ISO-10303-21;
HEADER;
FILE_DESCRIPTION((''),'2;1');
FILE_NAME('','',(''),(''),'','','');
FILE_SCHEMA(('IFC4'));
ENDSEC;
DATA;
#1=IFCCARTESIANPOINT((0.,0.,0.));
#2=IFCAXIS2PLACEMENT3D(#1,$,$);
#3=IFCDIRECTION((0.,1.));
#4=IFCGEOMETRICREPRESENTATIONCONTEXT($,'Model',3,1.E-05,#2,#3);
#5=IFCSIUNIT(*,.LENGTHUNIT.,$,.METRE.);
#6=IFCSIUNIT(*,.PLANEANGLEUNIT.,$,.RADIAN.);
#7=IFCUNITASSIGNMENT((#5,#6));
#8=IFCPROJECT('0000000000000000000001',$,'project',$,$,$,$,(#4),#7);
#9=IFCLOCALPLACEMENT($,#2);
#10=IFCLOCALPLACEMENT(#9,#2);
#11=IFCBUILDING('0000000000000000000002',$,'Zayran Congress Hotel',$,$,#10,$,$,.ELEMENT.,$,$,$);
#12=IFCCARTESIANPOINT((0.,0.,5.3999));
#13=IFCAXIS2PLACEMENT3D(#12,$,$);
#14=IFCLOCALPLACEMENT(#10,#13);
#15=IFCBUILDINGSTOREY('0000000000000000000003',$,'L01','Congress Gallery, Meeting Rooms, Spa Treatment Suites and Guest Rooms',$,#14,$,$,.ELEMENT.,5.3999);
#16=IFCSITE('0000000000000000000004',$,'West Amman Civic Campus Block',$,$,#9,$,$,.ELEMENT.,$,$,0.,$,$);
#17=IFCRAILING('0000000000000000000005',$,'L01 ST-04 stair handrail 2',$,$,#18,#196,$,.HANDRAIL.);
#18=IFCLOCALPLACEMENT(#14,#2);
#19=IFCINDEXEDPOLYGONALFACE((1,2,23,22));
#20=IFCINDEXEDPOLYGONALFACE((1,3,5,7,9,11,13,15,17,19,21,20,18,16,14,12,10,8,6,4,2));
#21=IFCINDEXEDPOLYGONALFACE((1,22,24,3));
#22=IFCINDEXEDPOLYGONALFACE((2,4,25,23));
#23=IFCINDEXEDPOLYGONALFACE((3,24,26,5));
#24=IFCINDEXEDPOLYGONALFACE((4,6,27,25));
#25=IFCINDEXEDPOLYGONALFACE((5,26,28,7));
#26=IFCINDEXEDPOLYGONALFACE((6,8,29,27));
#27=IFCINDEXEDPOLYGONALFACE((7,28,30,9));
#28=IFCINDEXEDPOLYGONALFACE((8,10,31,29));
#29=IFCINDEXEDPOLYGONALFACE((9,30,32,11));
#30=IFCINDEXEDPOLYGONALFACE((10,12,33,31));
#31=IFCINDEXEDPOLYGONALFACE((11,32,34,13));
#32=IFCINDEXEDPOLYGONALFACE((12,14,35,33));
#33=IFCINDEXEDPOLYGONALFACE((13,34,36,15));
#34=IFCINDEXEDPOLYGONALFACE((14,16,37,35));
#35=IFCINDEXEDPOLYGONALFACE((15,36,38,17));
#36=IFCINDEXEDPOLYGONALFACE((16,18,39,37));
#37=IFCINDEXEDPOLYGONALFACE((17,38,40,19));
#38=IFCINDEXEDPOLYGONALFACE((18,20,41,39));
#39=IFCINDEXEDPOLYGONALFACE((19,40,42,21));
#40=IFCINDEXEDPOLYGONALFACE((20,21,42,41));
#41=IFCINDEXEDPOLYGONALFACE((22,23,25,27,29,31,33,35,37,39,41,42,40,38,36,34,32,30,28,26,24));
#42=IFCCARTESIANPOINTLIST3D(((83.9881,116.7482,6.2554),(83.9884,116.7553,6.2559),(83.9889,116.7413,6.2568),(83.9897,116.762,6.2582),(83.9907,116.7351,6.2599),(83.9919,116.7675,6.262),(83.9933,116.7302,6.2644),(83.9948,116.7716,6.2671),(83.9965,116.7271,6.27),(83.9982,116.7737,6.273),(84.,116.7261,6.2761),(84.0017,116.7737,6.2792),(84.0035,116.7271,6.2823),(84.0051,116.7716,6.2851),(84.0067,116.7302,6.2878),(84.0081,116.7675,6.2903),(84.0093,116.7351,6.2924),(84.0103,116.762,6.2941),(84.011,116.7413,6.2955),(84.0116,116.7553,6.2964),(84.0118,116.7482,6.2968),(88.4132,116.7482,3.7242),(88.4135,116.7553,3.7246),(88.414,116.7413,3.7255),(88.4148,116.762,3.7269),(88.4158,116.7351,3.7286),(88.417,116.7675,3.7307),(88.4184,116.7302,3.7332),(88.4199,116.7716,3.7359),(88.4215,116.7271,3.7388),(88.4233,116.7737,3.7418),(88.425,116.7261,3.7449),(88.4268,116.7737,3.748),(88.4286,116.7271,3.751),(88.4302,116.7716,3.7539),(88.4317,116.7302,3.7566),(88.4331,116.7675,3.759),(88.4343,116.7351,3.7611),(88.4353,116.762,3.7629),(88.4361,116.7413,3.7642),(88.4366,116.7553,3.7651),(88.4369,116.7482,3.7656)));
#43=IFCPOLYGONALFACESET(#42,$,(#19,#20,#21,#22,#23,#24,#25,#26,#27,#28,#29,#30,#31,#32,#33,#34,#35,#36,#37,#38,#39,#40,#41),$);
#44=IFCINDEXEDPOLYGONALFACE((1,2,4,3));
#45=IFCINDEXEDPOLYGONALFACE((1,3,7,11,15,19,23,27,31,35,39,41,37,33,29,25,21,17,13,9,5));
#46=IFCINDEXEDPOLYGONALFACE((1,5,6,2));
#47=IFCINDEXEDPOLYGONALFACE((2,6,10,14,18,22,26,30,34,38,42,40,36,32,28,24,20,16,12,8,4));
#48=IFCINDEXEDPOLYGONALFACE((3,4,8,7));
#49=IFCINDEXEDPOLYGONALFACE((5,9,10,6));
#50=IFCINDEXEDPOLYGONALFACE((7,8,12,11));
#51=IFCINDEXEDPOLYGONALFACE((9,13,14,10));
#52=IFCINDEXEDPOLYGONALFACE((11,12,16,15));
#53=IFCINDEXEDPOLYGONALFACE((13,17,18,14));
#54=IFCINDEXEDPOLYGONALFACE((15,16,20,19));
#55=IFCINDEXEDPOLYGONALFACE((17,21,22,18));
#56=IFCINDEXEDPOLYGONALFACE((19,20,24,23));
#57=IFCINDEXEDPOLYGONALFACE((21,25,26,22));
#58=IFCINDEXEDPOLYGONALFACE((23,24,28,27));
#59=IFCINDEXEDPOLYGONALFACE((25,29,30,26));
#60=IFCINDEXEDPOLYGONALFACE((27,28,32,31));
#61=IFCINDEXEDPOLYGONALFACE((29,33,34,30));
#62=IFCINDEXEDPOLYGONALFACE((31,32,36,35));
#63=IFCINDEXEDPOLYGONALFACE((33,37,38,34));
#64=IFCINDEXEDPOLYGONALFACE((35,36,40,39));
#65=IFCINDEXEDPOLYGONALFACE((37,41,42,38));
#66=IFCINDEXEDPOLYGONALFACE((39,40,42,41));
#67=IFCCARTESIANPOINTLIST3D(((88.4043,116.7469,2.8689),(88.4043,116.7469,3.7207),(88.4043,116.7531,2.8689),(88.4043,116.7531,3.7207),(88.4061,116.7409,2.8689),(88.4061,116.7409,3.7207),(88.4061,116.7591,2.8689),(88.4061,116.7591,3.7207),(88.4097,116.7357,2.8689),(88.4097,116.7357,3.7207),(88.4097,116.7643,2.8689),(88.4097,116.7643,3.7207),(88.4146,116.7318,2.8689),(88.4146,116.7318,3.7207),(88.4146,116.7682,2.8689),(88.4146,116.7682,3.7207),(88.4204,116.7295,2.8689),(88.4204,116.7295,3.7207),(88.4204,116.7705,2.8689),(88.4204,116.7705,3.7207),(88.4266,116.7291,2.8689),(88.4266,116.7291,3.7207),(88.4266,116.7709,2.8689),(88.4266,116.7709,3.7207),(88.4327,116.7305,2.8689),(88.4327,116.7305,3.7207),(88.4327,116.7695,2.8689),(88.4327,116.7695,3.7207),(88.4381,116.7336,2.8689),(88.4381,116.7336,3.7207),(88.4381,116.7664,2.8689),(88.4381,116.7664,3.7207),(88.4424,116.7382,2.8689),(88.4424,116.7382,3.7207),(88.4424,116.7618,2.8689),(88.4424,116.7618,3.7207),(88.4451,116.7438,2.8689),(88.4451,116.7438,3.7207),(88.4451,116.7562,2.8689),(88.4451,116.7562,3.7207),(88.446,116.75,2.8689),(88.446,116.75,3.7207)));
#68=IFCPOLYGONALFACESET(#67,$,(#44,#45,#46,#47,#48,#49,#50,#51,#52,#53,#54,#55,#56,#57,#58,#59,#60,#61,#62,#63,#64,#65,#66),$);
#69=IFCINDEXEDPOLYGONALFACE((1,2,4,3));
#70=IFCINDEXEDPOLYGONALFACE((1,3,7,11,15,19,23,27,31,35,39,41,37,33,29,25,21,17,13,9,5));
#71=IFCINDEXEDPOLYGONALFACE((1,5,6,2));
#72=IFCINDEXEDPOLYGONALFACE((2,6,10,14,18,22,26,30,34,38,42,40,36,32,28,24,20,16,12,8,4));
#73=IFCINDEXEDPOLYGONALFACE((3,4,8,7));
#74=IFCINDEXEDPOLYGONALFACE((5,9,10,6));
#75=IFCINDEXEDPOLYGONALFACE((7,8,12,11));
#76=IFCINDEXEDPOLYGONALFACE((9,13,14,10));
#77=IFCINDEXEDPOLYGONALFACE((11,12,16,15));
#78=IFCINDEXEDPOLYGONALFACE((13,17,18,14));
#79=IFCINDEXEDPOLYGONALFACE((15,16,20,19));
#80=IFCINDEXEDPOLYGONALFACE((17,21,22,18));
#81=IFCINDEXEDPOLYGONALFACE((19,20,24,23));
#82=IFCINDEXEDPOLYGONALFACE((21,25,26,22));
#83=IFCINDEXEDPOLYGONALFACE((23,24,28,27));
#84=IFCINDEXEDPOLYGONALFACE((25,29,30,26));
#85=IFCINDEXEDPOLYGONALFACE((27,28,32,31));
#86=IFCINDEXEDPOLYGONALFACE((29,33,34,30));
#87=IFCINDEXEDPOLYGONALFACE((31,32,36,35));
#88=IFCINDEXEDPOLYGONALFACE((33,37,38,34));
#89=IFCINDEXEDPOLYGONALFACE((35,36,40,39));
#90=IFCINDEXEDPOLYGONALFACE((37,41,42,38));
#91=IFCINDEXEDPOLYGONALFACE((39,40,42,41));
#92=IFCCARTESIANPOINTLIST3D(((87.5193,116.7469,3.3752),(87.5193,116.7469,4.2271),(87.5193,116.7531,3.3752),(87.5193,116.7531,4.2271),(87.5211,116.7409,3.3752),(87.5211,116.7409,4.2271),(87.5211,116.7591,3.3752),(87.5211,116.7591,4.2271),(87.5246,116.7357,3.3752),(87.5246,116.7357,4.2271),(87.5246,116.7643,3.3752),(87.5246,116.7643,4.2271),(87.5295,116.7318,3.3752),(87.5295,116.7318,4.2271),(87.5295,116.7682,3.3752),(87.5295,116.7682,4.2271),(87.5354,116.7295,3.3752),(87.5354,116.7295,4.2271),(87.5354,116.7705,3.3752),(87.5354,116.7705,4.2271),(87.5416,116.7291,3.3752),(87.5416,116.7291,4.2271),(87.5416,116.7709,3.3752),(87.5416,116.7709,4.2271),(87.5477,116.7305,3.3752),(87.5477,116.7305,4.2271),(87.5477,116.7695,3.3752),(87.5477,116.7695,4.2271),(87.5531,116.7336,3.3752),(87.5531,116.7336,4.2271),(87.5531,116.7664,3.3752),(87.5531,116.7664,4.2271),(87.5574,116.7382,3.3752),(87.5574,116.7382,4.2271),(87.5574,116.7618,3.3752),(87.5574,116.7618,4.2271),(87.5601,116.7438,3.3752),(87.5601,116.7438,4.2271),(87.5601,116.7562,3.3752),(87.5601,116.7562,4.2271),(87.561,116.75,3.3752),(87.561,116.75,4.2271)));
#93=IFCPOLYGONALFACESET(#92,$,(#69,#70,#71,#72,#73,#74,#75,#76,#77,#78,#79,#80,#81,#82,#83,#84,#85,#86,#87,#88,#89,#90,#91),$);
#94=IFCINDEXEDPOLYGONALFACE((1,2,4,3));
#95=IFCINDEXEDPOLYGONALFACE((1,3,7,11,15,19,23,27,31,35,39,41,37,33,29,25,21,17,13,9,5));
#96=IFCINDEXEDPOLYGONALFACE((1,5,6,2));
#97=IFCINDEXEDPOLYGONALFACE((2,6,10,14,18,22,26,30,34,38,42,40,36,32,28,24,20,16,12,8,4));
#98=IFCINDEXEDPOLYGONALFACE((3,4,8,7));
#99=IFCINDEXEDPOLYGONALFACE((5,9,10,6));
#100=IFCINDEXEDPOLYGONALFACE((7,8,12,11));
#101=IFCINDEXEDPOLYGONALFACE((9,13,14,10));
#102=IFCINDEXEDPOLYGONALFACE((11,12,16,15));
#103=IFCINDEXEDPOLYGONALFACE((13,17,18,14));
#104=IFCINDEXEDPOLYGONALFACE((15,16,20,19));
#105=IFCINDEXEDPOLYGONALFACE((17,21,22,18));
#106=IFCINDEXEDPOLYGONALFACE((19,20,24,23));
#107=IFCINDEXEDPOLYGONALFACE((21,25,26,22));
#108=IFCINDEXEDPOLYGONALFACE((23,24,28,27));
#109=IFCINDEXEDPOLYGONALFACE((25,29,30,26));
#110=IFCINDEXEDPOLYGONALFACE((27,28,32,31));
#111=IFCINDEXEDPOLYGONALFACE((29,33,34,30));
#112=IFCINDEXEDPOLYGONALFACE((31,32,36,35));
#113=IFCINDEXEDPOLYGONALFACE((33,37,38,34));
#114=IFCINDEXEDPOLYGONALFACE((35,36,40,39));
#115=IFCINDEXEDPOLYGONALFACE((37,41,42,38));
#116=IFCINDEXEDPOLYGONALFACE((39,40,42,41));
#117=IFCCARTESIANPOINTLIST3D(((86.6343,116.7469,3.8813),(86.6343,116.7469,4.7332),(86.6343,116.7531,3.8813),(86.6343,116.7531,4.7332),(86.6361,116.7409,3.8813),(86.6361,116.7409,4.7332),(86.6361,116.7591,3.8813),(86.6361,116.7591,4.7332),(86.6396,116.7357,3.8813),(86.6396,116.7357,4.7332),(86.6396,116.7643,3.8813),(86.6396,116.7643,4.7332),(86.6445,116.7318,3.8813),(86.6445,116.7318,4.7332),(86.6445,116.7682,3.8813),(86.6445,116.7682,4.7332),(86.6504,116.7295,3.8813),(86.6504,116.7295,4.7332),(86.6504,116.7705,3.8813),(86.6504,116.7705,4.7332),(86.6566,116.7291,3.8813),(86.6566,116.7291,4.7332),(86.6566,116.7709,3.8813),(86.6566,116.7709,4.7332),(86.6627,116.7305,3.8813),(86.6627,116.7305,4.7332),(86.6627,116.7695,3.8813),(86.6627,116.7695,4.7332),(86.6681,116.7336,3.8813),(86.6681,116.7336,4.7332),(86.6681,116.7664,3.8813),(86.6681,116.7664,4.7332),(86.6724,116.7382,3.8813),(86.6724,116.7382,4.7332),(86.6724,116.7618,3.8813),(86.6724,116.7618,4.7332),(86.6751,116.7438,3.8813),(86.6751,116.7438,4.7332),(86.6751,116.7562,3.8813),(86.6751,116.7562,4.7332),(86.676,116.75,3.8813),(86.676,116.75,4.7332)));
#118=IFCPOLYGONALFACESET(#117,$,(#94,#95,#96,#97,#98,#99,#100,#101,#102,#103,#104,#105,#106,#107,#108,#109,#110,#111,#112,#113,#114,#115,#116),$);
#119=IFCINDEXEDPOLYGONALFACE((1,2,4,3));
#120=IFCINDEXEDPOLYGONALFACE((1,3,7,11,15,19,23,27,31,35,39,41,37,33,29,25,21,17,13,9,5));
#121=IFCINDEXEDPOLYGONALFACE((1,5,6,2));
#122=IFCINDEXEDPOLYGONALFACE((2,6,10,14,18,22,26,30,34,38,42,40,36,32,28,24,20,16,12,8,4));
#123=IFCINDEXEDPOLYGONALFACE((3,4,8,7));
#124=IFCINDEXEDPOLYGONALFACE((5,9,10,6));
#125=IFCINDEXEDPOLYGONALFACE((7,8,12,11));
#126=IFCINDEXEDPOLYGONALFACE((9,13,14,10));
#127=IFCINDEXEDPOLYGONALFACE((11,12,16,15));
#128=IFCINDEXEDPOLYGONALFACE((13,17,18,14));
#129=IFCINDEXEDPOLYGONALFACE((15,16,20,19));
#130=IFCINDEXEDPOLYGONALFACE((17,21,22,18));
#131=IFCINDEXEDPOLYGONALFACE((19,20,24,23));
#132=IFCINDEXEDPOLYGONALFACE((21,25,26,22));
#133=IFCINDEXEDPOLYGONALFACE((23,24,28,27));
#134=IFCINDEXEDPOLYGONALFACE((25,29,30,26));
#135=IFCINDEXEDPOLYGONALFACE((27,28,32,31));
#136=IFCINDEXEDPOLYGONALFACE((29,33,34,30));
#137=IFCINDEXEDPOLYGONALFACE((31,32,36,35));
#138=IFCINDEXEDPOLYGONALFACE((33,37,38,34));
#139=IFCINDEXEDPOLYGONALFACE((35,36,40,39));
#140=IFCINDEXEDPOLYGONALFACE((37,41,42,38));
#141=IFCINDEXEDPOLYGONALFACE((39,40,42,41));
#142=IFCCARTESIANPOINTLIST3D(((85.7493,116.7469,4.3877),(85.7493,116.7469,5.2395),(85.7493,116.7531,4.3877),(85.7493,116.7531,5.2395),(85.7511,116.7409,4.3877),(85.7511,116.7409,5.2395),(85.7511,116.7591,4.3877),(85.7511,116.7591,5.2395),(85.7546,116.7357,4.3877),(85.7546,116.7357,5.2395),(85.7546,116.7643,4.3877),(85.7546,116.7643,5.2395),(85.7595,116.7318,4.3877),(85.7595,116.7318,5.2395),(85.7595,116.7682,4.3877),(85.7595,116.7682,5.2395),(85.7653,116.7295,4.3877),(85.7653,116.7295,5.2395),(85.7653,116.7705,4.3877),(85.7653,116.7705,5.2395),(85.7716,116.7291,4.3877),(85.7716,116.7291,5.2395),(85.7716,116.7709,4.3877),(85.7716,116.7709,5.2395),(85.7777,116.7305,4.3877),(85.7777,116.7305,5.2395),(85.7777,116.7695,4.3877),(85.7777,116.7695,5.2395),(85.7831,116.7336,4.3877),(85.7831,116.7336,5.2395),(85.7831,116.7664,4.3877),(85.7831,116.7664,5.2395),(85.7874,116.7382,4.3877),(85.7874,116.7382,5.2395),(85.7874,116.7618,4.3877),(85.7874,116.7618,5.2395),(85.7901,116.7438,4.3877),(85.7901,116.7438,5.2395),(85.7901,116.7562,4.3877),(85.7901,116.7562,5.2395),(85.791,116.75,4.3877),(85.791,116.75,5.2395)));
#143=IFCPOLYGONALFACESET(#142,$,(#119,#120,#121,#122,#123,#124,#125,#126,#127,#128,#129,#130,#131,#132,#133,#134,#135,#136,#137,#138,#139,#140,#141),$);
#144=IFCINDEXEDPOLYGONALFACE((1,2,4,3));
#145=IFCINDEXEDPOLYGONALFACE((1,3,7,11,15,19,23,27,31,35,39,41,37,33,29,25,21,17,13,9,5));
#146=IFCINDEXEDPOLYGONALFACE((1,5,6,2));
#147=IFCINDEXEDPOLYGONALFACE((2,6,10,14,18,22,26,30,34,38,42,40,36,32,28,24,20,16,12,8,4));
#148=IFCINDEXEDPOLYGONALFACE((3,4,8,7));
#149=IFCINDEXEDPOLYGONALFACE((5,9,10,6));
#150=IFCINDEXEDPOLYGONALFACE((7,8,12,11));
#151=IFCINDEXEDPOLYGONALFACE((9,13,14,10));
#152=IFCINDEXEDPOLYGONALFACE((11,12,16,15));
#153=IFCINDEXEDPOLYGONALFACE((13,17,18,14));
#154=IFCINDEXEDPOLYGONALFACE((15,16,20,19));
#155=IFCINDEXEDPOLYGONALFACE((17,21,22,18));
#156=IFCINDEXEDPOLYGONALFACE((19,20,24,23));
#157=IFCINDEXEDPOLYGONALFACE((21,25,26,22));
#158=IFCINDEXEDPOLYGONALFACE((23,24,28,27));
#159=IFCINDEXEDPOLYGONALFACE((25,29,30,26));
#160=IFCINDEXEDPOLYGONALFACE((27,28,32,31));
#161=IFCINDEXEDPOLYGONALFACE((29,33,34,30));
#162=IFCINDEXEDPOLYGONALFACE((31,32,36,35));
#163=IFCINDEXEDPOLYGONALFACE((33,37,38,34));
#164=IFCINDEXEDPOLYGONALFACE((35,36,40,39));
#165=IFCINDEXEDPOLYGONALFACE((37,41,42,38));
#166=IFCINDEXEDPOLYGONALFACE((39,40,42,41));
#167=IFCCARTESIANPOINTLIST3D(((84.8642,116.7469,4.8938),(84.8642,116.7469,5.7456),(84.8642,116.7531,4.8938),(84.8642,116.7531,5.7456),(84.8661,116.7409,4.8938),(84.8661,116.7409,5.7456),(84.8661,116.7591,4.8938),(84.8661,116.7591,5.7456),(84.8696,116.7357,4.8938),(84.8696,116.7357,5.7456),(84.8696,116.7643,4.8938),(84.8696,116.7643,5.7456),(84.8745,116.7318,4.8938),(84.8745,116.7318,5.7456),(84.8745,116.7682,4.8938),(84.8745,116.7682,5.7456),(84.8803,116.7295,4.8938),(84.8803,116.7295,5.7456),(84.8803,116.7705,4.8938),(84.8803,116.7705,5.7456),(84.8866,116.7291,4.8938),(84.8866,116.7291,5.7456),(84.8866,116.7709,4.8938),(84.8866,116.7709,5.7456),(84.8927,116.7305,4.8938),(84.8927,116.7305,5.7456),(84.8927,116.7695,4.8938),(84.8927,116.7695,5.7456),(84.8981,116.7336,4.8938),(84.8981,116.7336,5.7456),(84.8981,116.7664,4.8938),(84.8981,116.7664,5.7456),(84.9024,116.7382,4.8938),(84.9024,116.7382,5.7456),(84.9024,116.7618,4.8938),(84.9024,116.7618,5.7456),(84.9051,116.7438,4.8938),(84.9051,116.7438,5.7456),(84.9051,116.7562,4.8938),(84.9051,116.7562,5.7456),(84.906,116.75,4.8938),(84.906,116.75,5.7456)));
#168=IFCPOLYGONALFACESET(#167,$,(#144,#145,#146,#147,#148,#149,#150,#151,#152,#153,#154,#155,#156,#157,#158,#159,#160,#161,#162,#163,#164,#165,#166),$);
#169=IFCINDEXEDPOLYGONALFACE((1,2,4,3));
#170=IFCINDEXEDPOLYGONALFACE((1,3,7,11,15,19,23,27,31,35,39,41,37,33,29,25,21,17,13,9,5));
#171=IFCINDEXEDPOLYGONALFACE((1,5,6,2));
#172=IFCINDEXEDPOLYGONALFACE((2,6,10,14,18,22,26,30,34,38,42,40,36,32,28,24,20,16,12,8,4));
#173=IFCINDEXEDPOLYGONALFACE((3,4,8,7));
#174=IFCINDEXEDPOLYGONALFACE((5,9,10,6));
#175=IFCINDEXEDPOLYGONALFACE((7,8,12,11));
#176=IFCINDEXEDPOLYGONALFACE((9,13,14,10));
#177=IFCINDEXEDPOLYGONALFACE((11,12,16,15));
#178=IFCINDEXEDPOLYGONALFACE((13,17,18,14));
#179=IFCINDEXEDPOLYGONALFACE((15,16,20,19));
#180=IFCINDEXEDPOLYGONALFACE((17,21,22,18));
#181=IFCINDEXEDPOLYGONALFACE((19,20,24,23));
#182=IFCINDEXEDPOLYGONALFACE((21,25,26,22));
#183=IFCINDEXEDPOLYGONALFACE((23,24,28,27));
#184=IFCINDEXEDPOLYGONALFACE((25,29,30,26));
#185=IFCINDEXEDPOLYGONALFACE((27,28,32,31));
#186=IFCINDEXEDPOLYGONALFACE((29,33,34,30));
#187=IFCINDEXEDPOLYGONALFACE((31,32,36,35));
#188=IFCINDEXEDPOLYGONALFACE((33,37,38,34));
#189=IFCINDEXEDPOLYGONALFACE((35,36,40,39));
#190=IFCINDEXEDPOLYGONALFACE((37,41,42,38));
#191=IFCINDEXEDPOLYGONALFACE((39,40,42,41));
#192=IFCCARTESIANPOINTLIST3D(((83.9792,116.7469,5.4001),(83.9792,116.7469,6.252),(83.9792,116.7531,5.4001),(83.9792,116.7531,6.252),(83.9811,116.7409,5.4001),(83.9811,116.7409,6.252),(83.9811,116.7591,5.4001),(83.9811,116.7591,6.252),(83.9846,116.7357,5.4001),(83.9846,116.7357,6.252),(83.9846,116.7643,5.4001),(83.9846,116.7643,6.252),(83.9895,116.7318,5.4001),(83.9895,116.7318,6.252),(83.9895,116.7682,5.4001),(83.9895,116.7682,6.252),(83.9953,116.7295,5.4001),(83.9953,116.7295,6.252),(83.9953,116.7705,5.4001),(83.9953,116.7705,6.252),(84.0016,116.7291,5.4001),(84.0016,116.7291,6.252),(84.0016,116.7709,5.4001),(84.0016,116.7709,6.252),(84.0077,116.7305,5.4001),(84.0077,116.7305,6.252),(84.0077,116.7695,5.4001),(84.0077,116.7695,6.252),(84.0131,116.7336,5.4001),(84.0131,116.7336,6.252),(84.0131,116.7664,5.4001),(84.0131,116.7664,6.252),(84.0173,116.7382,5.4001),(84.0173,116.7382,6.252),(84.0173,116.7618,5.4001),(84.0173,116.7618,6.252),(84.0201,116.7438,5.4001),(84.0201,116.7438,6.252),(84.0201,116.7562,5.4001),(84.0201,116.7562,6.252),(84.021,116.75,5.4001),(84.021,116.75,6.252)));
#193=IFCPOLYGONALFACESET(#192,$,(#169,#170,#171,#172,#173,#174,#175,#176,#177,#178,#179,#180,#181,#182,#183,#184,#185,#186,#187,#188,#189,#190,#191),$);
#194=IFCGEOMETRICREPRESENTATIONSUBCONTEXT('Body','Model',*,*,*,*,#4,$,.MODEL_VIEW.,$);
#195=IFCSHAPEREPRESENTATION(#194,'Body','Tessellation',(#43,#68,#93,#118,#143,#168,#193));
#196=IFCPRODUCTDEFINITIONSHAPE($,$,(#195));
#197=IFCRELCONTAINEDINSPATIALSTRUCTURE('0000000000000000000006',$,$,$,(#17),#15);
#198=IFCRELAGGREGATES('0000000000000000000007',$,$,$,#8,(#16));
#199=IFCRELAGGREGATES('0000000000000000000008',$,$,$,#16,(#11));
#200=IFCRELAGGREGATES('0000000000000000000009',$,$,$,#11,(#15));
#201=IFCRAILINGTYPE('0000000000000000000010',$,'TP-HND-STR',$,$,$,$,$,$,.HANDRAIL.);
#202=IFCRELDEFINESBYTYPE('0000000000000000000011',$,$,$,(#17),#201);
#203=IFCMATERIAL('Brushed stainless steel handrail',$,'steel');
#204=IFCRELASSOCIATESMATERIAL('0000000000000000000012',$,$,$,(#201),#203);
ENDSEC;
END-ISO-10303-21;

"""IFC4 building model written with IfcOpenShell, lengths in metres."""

from ifc_helpers import new_model, si_unit, direction, frame, origin, origin_2d, place, context, subcontext, project, spatial, circle, extrude, material, type_object, element, save


model = new_model("IFC4")

# Units and contexts
model_context = context("Model", 3, precision=1e-05, world=origin(), true_north=direction((0.0, 1.0)))
body_context = subcontext(model_context, "Body", "Model", "MODEL_VIEW")
ifc_project = project(units=[si_unit("LENGTHUNIT", "METRE"), si_unit("PLANEANGLEUNIT", "RADIAN")], contexts=[model_context])

# Site, building, storey
site_placement = place(None, origin())
site = spatial("IfcSite", under=ifc_project, at=site_placement, Name="West Amman Civic Campus Block", CompositionType="ELEMENT", RefElevation=0.0)
building_placement = place(site_placement, origin())
building = spatial("IfcBuilding", under=site, at=building_placement, Name="Zayran Congress Hotel", CompositionType="ELEMENT")
storey_placement = place(building_placement, frame((0.0, 0.0, 5.3999)))
storey = spatial("IfcBuildingStorey", under=building, at=storey_placement, Name="L01", Description="Congress Gallery, Meeting Rooms, Spa Treatment Suites and Guest Rooms", CompositionType="ELEMENT", Elevation=5.3999)

# Railing
ifc_material_1 = material(Name="Brushed stainless steel handrail", Category="steel")
railing_type_1 = type_object("IfcRailingType", Name="TP-HND-STR", PredefinedType="HANDRAIL", material=ifc_material_1)
railing_1_placement = place(storey_placement, frame((88.425, 116.75, 2.8689)))
element("IfcRailing", 1, at=railing_1_placement, inside=storey, type_object=railing_type_1, Name="L01 ST-04 stair handrail 2", PredefinedType="HANDRAIL", context=body_context, shape_type="SweptSolid", body=[
    extrude(circle(Radius=0.0239, at=origin_2d()), frame((0.0, 0.0, 0.876), z_axis=(-0.868019, 0.0, 0.496531), x_axis=(0.0, -1.0, 0.0)), (0.0, 0.0, 1.0), 5.0979),
    extrude(circle(Radius=0.021, at=origin_2d()), origin(), (0.0, 0.0, 1.0), 0.8518),
    extrude(circle(Radius=0.021, at=origin_2d()), frame((-0.885, 0.0, 0.5063)), (0.0, 0.0, 1.0), 0.8518),
    extrude(circle(Radius=0.021, at=origin_2d()), frame((-1.77, 0.0, 1.0125)), (0.0, 0.0, 1.0), 0.8518),
    extrude(circle(Radius=0.021, at=origin_2d()), frame((-2.655, 0.0, 1.5188)), (0.0, 0.0, 1.0), 0.8518),
    extrude(circle(Radius=0.021, at=origin_2d()), frame((-3.54, 0.0, 2.0249)), (0.0, 0.0, 1.0), 0.8518),
    extrude(circle(Radius=0.021, at=origin_2d()), frame((-4.425, 0.0, 2.5312)), (0.0, 0.0, 1.0), 0.8518),
])

save(model, "model.ifc")
